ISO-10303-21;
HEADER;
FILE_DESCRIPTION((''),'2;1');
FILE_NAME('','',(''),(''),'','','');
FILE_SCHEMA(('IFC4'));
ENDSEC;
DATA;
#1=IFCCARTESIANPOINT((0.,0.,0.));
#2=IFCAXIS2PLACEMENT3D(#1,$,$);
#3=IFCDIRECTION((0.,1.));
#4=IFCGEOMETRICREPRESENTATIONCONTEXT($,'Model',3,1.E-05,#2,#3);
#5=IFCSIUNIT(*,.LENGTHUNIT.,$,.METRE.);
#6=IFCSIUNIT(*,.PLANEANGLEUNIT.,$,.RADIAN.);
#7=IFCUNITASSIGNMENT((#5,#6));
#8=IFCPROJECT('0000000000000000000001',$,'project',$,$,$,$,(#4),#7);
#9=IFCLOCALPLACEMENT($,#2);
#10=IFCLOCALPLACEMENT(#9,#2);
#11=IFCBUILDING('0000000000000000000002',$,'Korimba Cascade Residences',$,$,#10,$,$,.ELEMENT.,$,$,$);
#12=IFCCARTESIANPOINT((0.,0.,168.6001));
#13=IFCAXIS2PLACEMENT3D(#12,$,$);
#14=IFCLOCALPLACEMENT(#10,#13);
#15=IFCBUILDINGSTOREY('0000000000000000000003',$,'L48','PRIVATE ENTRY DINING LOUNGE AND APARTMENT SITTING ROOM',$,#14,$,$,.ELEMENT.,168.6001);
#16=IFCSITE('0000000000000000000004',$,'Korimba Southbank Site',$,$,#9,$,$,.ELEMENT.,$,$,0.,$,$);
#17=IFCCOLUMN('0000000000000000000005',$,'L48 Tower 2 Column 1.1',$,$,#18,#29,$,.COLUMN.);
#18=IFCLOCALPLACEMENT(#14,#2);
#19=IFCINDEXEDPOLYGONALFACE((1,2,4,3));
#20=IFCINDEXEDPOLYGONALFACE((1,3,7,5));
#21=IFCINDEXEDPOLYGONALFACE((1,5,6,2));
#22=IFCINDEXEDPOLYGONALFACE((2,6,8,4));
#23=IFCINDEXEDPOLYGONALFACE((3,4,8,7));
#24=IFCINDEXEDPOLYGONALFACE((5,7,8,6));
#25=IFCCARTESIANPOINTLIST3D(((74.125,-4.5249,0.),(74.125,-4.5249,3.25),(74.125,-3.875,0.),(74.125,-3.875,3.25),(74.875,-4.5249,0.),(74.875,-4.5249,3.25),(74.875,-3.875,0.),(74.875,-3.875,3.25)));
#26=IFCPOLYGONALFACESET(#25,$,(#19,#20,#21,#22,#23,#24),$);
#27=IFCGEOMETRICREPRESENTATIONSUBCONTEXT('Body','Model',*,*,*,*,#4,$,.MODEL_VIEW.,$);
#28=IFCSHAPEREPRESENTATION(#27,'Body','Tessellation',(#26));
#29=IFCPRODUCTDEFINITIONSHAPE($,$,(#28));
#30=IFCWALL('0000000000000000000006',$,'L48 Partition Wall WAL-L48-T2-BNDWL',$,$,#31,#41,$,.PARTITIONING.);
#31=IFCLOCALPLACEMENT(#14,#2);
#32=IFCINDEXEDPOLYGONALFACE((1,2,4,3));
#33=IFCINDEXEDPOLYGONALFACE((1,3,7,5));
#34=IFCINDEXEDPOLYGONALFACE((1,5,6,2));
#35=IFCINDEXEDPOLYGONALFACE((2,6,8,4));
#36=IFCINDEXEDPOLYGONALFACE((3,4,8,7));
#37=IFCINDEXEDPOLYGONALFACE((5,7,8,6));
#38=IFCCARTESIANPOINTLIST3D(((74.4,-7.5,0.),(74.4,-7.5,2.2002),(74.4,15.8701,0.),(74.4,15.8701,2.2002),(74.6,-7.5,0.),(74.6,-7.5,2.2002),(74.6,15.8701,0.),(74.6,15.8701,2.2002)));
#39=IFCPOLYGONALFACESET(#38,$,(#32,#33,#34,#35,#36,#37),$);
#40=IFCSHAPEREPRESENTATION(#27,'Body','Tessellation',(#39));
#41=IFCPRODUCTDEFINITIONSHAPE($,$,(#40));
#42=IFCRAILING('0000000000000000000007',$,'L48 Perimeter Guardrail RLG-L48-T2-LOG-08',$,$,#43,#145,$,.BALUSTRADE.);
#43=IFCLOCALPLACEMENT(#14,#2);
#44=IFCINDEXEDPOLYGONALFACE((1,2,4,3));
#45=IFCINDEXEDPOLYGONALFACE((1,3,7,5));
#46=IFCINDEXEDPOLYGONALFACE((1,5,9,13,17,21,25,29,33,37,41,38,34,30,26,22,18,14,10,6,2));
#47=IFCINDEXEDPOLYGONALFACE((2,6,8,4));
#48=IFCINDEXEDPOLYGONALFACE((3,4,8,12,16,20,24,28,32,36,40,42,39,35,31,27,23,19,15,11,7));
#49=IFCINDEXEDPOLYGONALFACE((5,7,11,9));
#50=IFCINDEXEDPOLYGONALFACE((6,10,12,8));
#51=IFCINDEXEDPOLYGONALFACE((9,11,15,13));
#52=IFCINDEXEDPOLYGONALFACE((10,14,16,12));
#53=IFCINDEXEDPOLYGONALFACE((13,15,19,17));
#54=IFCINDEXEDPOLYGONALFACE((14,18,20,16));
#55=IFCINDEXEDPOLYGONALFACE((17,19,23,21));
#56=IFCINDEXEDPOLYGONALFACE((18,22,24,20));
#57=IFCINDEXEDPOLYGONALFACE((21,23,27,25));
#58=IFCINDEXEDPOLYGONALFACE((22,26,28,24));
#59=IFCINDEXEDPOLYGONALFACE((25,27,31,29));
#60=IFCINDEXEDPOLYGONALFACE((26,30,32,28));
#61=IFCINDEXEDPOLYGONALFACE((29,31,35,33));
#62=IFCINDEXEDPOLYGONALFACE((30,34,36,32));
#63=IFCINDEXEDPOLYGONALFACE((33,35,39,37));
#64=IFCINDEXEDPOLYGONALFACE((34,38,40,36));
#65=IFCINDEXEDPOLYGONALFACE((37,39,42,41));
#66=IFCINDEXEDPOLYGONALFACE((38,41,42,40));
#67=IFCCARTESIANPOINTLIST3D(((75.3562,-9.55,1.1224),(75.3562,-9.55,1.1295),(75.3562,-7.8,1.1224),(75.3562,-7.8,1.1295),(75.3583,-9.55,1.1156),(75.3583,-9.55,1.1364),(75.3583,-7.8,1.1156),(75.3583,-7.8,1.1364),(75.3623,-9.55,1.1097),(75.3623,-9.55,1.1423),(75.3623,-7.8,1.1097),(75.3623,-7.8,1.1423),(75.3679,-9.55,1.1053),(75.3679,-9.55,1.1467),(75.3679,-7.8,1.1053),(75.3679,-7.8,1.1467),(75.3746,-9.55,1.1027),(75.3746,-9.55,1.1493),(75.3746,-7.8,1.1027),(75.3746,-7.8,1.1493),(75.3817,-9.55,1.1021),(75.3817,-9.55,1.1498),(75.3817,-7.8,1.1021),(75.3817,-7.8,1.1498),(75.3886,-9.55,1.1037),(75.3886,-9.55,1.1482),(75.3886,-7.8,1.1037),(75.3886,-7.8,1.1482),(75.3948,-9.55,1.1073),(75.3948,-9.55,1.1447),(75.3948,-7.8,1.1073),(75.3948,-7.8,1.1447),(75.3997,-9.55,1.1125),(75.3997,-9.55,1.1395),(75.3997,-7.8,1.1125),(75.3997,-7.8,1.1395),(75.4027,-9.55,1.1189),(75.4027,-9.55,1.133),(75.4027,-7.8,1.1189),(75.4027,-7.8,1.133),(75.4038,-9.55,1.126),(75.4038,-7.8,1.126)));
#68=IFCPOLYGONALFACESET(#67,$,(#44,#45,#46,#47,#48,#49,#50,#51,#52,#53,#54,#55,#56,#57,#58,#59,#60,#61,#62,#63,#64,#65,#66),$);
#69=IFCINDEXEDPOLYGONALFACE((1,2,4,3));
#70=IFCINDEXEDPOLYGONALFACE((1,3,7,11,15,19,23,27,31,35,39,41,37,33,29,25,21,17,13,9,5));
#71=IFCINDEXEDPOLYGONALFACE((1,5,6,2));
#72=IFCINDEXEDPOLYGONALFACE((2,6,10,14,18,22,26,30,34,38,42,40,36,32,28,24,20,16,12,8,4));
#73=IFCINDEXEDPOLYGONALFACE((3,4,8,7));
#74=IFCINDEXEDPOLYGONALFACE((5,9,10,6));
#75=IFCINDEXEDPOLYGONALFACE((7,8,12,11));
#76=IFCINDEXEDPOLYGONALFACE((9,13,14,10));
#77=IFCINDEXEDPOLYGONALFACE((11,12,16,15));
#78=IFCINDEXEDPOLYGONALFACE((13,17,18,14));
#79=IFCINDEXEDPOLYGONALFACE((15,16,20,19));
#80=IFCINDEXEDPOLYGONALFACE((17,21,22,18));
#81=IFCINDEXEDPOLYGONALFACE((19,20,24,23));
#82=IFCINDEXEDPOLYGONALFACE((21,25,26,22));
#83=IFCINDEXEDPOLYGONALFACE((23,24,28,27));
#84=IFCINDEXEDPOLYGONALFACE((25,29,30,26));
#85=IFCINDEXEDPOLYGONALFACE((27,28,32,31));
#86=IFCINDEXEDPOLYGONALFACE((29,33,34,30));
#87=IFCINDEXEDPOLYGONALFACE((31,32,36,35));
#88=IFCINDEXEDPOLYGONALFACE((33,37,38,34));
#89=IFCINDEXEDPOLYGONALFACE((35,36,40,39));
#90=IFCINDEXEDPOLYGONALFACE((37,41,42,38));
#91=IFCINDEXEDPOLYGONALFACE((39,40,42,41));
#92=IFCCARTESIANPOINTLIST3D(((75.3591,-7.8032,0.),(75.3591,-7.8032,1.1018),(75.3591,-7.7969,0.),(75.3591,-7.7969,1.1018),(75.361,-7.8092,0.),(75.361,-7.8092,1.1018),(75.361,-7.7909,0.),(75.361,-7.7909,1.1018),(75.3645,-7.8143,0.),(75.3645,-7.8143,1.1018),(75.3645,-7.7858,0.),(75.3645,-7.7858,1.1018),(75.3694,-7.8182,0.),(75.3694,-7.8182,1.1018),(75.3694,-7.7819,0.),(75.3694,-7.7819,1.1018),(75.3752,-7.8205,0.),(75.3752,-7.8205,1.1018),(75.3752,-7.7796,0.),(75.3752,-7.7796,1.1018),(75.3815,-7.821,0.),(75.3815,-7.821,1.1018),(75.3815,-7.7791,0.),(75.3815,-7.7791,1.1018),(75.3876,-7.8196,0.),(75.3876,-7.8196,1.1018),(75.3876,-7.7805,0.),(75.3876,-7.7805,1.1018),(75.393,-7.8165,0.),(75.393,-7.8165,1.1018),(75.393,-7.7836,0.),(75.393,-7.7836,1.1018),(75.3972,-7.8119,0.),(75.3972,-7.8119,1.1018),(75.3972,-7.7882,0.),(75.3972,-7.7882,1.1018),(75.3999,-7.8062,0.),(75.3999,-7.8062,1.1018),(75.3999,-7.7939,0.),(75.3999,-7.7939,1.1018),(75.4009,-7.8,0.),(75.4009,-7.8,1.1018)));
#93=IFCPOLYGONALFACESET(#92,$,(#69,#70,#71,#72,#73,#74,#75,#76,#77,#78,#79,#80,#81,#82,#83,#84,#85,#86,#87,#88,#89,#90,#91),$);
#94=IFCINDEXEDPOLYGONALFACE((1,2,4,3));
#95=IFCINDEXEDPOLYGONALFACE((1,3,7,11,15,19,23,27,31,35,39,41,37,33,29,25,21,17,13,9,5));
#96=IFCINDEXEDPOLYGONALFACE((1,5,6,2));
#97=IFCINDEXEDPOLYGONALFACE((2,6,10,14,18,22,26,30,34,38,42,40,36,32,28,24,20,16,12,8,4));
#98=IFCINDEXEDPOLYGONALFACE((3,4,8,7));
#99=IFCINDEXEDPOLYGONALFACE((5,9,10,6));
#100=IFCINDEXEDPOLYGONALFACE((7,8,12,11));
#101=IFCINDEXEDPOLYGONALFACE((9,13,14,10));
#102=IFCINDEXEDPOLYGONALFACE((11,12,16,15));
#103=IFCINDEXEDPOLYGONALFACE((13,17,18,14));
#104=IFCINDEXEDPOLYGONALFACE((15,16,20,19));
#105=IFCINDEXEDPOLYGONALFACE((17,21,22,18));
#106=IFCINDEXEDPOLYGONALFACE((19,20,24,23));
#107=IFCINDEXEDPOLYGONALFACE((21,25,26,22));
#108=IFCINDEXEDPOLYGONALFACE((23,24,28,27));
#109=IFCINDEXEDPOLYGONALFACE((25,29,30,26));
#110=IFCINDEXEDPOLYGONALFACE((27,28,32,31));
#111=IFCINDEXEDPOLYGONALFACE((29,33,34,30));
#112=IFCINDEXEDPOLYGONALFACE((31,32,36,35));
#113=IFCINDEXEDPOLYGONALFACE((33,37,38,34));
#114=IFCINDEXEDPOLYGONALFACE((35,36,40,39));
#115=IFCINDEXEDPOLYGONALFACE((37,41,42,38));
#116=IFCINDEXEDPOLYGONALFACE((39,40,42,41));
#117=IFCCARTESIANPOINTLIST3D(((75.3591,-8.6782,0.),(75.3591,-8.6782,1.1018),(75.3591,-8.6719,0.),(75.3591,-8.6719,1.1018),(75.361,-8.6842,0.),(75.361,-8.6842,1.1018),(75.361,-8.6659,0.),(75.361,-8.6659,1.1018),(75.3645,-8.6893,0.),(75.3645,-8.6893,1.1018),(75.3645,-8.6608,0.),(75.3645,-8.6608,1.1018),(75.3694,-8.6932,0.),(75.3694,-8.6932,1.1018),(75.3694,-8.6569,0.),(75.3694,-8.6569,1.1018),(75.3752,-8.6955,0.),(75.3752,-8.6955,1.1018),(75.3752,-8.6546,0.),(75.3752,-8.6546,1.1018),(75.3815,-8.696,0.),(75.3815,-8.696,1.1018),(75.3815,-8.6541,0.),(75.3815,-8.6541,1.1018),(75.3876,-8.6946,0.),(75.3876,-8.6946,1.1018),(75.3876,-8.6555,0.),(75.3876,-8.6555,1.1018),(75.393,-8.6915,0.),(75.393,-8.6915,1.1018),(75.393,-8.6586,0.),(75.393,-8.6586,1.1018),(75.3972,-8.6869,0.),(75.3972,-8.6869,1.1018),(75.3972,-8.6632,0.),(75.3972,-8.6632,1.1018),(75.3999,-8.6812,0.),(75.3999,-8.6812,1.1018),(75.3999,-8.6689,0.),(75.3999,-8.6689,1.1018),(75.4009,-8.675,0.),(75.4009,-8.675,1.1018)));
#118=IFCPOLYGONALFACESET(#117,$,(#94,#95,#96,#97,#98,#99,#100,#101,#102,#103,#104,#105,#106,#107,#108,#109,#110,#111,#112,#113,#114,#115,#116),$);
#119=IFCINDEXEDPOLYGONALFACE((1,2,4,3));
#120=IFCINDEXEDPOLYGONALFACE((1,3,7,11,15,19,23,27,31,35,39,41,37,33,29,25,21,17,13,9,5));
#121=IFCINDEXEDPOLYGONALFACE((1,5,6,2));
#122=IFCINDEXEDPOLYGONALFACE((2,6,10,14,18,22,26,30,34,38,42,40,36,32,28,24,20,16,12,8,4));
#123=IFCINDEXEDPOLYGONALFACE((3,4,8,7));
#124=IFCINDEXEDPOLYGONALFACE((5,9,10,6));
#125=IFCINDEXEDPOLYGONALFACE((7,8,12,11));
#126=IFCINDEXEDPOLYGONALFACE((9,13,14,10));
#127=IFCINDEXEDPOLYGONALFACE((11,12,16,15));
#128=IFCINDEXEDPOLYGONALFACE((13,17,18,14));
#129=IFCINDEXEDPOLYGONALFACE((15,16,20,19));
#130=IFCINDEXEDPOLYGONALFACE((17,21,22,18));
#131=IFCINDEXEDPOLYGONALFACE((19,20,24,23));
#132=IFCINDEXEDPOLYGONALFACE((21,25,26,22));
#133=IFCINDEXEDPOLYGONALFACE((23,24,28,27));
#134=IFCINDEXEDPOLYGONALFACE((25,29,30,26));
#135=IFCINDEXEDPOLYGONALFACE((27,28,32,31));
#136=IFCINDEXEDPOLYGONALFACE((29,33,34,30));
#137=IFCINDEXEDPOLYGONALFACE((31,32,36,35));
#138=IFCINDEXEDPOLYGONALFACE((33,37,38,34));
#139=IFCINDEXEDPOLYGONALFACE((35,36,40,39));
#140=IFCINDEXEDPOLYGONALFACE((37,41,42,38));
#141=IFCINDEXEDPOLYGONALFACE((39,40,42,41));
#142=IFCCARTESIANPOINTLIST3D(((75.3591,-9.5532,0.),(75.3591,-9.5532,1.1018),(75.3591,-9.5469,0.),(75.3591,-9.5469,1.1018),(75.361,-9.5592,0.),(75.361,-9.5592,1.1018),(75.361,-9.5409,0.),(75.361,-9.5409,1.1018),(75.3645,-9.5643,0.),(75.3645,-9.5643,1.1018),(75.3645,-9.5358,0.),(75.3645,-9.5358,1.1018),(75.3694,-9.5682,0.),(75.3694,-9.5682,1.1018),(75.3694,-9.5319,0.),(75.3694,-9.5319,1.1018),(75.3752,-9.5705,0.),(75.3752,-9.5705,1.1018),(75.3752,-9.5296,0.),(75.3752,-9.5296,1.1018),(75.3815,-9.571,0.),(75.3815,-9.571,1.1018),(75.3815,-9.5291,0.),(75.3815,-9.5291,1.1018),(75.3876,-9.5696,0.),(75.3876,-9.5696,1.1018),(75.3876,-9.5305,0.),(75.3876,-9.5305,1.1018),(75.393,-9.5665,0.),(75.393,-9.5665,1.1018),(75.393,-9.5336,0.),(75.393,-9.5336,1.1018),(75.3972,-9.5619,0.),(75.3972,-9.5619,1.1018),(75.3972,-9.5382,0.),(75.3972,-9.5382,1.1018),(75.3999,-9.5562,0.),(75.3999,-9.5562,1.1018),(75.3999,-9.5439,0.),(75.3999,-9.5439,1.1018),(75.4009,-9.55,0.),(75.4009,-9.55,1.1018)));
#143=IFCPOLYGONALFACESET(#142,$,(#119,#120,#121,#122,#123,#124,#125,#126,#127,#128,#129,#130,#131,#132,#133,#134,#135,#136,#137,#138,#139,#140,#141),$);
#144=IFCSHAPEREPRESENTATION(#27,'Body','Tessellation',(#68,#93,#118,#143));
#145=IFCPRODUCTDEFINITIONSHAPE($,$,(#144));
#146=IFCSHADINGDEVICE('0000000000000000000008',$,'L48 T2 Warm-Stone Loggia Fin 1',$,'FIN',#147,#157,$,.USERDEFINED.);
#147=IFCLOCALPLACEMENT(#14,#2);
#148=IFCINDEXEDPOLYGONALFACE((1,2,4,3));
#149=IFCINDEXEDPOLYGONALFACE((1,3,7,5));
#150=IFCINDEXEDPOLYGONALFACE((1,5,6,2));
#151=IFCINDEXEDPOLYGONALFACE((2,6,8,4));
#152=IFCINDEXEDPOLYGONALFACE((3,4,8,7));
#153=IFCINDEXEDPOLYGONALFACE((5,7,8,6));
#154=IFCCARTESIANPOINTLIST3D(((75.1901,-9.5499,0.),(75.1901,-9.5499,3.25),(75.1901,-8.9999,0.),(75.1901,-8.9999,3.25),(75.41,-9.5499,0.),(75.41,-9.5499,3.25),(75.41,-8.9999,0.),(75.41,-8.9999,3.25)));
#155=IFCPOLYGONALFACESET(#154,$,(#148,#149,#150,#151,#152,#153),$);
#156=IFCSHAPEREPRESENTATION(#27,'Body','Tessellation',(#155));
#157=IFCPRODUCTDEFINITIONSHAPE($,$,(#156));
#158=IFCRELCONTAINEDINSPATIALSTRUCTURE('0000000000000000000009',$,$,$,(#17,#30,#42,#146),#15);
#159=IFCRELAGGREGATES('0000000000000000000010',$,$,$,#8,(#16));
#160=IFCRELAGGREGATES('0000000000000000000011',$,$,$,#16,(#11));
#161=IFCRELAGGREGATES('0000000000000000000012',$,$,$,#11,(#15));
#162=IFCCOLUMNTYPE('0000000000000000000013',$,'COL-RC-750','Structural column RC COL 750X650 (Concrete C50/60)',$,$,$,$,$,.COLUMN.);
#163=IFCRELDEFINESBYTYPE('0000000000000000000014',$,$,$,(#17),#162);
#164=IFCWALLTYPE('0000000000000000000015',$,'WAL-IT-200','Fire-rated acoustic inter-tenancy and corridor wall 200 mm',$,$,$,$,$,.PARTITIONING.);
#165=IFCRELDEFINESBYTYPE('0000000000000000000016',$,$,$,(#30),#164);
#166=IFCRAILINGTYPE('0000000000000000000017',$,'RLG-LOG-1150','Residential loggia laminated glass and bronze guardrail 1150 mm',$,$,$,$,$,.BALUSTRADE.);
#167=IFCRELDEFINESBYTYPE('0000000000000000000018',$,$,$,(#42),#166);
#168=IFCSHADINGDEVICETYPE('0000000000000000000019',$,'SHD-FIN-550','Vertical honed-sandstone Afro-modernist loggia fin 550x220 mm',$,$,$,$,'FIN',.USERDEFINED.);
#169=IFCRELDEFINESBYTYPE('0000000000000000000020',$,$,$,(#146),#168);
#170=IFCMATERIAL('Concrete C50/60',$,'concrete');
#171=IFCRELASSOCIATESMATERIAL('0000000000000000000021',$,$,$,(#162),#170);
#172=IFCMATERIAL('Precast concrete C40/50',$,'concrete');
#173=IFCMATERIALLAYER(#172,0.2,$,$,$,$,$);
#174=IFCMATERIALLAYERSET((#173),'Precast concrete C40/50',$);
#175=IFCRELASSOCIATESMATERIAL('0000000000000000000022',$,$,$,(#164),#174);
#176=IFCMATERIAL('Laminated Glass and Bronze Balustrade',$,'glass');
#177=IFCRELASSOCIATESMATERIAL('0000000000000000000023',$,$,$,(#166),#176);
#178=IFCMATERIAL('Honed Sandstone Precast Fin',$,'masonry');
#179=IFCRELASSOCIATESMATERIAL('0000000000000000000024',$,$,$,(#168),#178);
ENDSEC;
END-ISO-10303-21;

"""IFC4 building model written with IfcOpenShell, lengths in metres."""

from ifc_helpers import new_model, si_unit, direction, frame, frame_2d, origin, origin_2d, place, context, subcontext, project, spatial, rectangle, circle, extrude, material, layer, layer_set, material_profile, profile_set, type_object, element, save


model = new_model("IFC4")

# Units and contexts
model_context = context("Model", 3, precision=1e-05, world=origin(), true_north=direction((0.0, 1.0)))
body_context = subcontext(model_context, "Body", "Model", "MODEL_VIEW")
ifc_project = project(units=[si_unit("LENGTHUNIT", "METRE"), si_unit("PLANEANGLEUNIT", "RADIAN")], contexts=[model_context])

# Site, building, storey
site_placement = place(None, origin())
site = spatial("IfcSite", under=ifc_project, at=site_placement, Name="Korimba Southbank Site", CompositionType="ELEMENT", RefElevation=0.0)
building_placement = place(site_placement, origin())
building = spatial("IfcBuilding", under=site, at=building_placement, Name="Korimba Cascade Residences", CompositionType="ELEMENT")
storey_placement = place(building_placement, frame((0.0, 0.0, 168.6001)))
storey = spatial("IfcBuildingStorey", under=building, at=storey_placement, Name="L48", Description="PRIVATE ENTRY DINING LOUNGE AND APARTMENT SITTING ROOM", CompositionType="ELEMENT", Elevation=168.6001)

# Column
ifc_material_1 = material(Name="Concrete C50/60", Category="concrete")
ifc_material_profile = material_profile(ifc_material_1, rectangle(XDim=0.75, YDim=0.6499, at=origin_2d()), Name="Concrete C50/60")
ifc_profile_set = profile_set([ifc_material_profile], Name="Concrete C50/60")
column_type = type_object("IfcColumnType", Name="COL-RC-750", Description="Structural column RC COL 750X650 (Concrete C50/60)", PredefinedType="COLUMN", material=ifc_profile_set)
column_placement = place(storey_placement, frame((74.5, -4.2, 0.0), z_axis=(0.0, 0.0, 1.0), x_axis=(1.0, 0.0, 0.0)))
element("IfcColumn", 1, at=column_placement, inside=storey, type_object=column_type, Name="L48 Tower 2 Column 1.1", PredefinedType="COLUMN", context=body_context, shape_type="SweptSolid", body=[
    extrude(rectangle(XDim=0.75, YDim=0.6499, at=origin_2d()), origin(), (0.0, 0.0, 1.0), 3.25),
])

# Shared definitions
ifc_material_2 = material(Name="Precast concrete C40/50", Category="concrete")

# Wall
ifc_layer_1 = layer(ifc_material_2, 0.2)
ifc_layer_set_1 = layer_set([ifc_layer_1], Name="Precast concrete C40/50")
wall_type_1 = type_object("IfcWallType", Name="WAL-IT-200", Description="Fire-rated acoustic inter-tenancy and corridor wall 200 mm", PredefinedType="PARTITIONING", material=ifc_layer_set_1)
wall_1_placement = place(storey_placement, frame((74.5, -7.5, 0.0), z_axis=(0.0, 0.0, 1.0), x_axis=(0.0, 1.0, 0.0)))
element("IfcWall", 2, at=wall_1_placement, inside=storey, type_object=wall_type_1, Name="L48 Partition Wall WAL-L48-T2-BNDWL", PredefinedType="PARTITIONING", context=body_context, shape_type="SweptSolid", body=[
    extrude(rectangle(XDim=23.3701, YDim=0.2, at=frame_2d((11.6851, 0.0))), origin(), (0.0, 0.0, 1.0), 2.2002),
])

# Railing
ifc_material_3 = material(Name="Laminated Glass and Bronze Balustrade", Category="glass")
railing_type = type_object("IfcRailingType", Name="RLG-LOG-1150", Description="Residential loggia laminated glass and bronze guardrail 1150 mm", PredefinedType="BALUSTRADE", material=ifc_material_3)
railing_1_placement = place(storey_placement, frame((75.3799, -7.8, 0.0)))
element("IfcRailing", 3, at=railing_1_placement, inside=storey, type_object=railing_type, Name="L48 Perimeter Guardrail RLG-L48-T2-LOG-08", PredefinedType="BALUSTRADE", context=body_context, shape_type="SweptSolid", body=[
    extrude(circle(Radius=0.0239, at=origin_2d()), frame((0.0, 0.0, 1.126), z_axis=(0.0, -1.0, 0.0), x_axis=(1.0, 0.0, 0.0)), (0.0, 0.0, 1.0), 1.75),
    extrude(circle(Radius=0.021, at=origin_2d()), origin(), (0.0, 0.0, 1.0), 1.1018),
    extrude(circle(Radius=0.021, at=origin_2d()), frame((0.0, -0.875, 0.0)), (0.0, 0.0, 1.0), 1.1018),
    extrude(circle(Radius=0.021, at=origin_2d()), frame((0.0, -1.75, 0.0)), (0.0, 0.0, 1.0), 1.1018),
])

# Shading device
ifc_material_4 = material(Name="Honed Sandstone Precast Fin", Category="masonry")
shading_device_type = type_object("IfcShadingDeviceType", Name="SHD-FIN-550", Description="Vertical honed-sandstone Afro-modernist loggia fin 550x220 mm", ElementType="FIN", PredefinedType="USERDEFINED", material=ifc_material_4)
shading_device_placement = place(storey_placement, frame((75.3, -9.2749, 0.0), z_axis=(0.0, 0.0, 1.0), x_axis=(1.0, 0.0, 0.0)))
element("IfcShadingDevice", 4, at=shading_device_placement, inside=storey, type_object=shading_device_type, Name="L48 T2 Warm-Stone Loggia Fin 1", ObjectType="FIN", PredefinedType="USERDEFINED", context=body_context, shape_type="SweptSolid", body=[
    extrude(rectangle(XDim=0.22, YDim=0.55, at=origin_2d()), origin(), (0.0, 0.0, 1.0), 3.25),
])

save(model, "model.ifc")
